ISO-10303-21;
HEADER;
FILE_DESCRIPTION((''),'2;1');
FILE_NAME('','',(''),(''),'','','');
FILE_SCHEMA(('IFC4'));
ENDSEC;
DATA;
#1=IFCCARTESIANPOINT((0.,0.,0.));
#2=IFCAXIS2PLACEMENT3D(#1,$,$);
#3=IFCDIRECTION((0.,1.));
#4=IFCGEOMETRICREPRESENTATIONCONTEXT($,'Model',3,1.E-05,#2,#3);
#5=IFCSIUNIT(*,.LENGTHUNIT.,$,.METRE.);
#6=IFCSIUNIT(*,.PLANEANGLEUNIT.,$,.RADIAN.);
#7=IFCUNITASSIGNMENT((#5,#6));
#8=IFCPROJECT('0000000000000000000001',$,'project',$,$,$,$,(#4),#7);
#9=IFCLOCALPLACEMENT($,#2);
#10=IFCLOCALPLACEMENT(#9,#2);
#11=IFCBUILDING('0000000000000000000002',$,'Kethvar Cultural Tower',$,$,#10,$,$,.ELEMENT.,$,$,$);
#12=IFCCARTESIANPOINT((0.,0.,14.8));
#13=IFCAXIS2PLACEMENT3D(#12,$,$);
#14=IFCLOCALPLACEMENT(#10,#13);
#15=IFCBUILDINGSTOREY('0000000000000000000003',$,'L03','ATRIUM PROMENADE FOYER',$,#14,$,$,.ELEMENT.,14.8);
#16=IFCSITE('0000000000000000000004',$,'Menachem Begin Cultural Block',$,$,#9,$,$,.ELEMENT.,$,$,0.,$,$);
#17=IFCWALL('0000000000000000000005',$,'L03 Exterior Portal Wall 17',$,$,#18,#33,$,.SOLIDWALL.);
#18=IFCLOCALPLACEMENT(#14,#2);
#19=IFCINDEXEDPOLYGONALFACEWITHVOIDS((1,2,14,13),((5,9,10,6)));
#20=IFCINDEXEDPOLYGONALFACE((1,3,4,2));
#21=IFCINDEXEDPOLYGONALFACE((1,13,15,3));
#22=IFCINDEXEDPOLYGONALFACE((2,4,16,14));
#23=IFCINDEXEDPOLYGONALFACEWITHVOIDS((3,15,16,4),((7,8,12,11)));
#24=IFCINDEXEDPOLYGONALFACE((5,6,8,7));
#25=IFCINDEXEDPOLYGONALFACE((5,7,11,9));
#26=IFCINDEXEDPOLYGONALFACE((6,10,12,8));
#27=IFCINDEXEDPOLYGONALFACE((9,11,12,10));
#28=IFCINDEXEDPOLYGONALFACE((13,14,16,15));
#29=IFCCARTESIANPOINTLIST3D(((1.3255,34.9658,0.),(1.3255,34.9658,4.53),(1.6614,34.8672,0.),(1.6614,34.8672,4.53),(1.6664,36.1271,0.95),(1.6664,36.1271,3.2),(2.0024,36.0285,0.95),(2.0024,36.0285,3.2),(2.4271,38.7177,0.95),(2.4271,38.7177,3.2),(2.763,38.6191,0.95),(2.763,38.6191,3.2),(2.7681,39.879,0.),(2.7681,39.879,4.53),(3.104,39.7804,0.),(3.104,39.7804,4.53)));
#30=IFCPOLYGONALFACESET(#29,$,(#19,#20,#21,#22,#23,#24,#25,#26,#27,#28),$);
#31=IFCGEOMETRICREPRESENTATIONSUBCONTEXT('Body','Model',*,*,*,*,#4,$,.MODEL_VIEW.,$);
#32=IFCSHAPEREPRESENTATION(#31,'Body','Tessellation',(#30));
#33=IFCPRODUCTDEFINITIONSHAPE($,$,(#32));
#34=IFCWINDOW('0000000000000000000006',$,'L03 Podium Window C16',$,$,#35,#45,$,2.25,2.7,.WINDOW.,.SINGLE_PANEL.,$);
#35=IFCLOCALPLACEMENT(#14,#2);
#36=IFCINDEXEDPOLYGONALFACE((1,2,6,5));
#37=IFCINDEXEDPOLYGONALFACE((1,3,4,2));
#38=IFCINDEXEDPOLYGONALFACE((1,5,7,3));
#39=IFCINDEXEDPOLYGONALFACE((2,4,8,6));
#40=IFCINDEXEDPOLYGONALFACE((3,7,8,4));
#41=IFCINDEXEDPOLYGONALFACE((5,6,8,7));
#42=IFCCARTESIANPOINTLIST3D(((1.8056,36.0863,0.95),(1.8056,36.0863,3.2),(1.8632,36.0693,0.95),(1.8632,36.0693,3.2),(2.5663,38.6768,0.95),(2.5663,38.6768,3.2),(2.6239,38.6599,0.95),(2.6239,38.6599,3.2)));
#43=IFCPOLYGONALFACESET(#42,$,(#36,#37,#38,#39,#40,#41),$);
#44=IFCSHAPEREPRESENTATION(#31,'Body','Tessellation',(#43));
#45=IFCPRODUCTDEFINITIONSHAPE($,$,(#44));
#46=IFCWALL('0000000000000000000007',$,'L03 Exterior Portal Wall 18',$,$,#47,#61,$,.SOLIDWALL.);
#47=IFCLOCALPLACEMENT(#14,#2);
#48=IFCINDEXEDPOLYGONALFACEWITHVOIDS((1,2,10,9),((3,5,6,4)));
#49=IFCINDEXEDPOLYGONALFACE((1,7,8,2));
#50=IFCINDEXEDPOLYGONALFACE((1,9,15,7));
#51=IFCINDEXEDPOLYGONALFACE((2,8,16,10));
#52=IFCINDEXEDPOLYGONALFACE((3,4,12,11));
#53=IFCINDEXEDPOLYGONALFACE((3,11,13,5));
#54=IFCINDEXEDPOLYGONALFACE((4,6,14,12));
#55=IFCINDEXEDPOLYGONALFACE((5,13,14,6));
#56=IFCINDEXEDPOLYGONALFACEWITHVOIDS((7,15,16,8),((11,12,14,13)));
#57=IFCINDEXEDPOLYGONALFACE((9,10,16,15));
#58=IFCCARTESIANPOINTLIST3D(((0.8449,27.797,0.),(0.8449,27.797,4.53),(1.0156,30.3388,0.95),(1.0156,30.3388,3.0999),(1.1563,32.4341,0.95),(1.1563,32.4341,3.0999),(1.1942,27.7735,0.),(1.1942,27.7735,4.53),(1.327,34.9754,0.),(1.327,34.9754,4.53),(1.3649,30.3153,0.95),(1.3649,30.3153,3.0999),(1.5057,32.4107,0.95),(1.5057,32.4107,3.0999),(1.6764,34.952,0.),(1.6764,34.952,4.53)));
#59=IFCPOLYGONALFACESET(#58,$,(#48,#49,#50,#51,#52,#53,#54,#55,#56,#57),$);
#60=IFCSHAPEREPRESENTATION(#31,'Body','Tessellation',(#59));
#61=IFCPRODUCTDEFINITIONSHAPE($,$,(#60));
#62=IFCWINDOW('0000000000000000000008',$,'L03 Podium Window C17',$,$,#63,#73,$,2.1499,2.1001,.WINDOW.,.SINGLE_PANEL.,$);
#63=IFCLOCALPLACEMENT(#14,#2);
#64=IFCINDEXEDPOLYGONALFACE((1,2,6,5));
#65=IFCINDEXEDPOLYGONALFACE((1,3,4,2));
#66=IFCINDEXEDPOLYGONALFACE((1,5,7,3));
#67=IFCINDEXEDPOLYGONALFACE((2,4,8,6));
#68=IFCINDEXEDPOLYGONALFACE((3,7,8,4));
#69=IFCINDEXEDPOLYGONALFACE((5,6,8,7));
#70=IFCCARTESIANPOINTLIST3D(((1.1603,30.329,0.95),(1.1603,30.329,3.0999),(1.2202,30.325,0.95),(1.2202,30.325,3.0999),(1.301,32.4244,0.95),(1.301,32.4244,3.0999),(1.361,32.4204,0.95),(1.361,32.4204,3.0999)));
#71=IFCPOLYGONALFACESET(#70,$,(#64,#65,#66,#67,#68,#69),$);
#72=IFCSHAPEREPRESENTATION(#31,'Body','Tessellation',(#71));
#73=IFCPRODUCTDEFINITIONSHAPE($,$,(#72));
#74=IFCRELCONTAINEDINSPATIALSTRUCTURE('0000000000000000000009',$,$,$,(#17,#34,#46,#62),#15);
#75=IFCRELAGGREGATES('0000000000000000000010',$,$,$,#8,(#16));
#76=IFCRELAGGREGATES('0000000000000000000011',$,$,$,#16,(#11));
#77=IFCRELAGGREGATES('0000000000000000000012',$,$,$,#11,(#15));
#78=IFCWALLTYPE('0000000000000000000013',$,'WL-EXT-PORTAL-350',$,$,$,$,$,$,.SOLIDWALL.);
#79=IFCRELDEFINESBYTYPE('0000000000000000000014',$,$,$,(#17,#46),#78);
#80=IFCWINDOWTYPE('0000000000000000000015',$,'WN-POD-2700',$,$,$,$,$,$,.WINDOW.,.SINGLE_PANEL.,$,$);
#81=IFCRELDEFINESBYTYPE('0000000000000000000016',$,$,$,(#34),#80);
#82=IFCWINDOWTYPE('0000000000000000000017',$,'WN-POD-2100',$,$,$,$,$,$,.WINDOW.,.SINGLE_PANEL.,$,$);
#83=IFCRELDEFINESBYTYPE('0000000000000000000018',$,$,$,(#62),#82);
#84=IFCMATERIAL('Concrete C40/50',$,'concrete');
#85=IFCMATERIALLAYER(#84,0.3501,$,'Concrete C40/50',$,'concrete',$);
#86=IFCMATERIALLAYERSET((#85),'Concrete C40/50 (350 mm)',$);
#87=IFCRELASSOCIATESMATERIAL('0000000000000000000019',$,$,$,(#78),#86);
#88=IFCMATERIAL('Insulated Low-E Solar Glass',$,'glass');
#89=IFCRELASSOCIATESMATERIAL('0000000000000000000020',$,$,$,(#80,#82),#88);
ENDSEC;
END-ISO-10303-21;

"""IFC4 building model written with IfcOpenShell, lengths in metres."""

from ifc_helpers import new_model, si_unit, direction, frame, frame_2d, origin, place, context, subcontext, project, spatial, rectangle, extrude, source, transform, mapped, material, layer, layer_set, type_object, element, fill, save


model = new_model("IFC4")

# Units and contexts
model_context = context("Model", 3, precision=1e-05, world=origin(), true_north=direction((0.0, 1.0)))
body_context = subcontext(model_context, "Body", "Model", "MODEL_VIEW")
ifc_project = project(units=[si_unit("LENGTHUNIT", "METRE"), si_unit("PLANEANGLEUNIT", "RADIAN")], contexts=[model_context])

# Site, building, storey
site_placement = place(None, origin())
site = spatial("IfcSite", under=ifc_project, at=site_placement, Name="Menachem Begin Cultural Block", CompositionType="ELEMENT", RefElevation=0.0)
building_placement = place(site_placement, origin())
building = spatial("IfcBuilding", under=site, at=building_placement, Name="Kethvar Cultural Tower", CompositionType="ELEMENT")
storey_placement = place(building_placement, frame((0.0, 0.0, 14.8)))
storey = spatial("IfcBuildingStorey", under=building, at=storey_placement, Name="L03", Description="ATRIUM PROMENADE FOYER", CompositionType="ELEMENT", Elevation=14.8)

# Shared definitions
ifc_material_1 = material(Name="Insulated Low-E Solar Glass", Category="glass")

# Walls, openings, windows
ifc_material_2 = material(Name="Concrete C40/50", Category="concrete")
ifc_layer_1 = layer(ifc_material_2, 0.3501, Name="Concrete C40/50", Category="concrete")
ifc_layer_set_1 = layer_set([ifc_layer_1], Name="Concrete C40/50 (350 mm)")
wall_type_1 = type_object("IfcWallType", Name="WL-EXT-PORTAL-350", PredefinedType="SOLIDWALL", material=ifc_layer_set_1)
wall_1_placement = place(storey_placement, frame((1.4934, 34.9165, 0.0), z_axis=(0.0, 0.0, 1.0), x_axis=(0.281735, 0.959492, 0.0)))
wall_1 = element("IfcWall", 1, at=wall_1_placement, inside=storey, type_object=wall_type_1, Name="L03 Exterior Portal Wall 17", PredefinedType="SOLIDWALL", context=body_context, shape_type="SweptSolid", body=[
    extrude(rectangle(XDim=5.1206, YDim=0.3501, at=frame_2d((2.5603, 0.0))), origin(), (0.0, 0.0, 1.0), 4.53),
])
opening_1_placement = place(wall_1_placement, frame((1.2102, 0.0, 0.95)))
opening_1 = element("IfcOpeningElement", 2, at=opening_1_placement, cuts=wall_1, PredefinedType="OPENING", context=body_context, shape_type="SweptSolid", body=[
    extrude(rectangle(XDim=2.7, YDim=2.25, at=frame_2d((1.3501, 1.125))), frame((0.0, 0.1851, 0.0), z_axis=(0.0, -1.0, 0.0), x_axis=(1.0, 0.0, 0.0)), (0.0, 0.0, 1.0), 0.3701),
])
window_type_1 = type_object("IfcWindowType", Name="WN-POD-2700", PartitioningType="SINGLE_PANEL", PredefinedType="WINDOW", material=ifc_material_1)
shared_shape_1 = source(origin(), body_context, "Body", "SweptSolid", [
    extrude(rectangle(XDim=2.7, YDim=2.25, at=frame_2d((1.3501, 1.125))), frame((0.0, 0.03, 0.0), z_axis=(0.0, -1.0, 0.0), x_axis=(1.0, 0.0, 0.0)), (0.0, 0.0, 1.0), 0.0601),
])
window_1_placement = place(opening_1_placement, origin())
window_1 = element("IfcWindow", 3, at=window_1_placement, inside=storey, type_object=window_type_1, Name="L03 Podium Window C16", OverallHeight=2.25, OverallWidth=2.7, PartitioningType="SINGLE_PANEL", PredefinedType="WINDOW", context=body_context, shape_type="MappedRepresentation", body=[
    mapped(shared_shape_1, transform((0.0, 0.0, 0.0), scale=1.0)),
])
fill(opening_1, window_1)
wall_2_placement = place(storey_placement, frame((1.0195, 27.7854, 0.0), z_axis=(0.0, 0.0, 1.0), x_axis=(0.067019, 0.997752, 0.0)))
wall_2 = element("IfcWall", 4, at=wall_2_placement, inside=storey, type_object=wall_type_1, Name="L03 Exterior Portal Wall 18", PredefinedType="SOLIDWALL", context=body_context, shape_type="SweptSolid", body=[
    extrude(rectangle(XDim=7.1946, YDim=0.3501, at=frame_2d((3.5972, 0.0))), origin(), (0.0, 0.0, 1.0), 4.53),
])
opening_2_placement = place(wall_2_placement, frame((2.5474, 0.0, 0.95)))
opening_2 = element("IfcOpeningElement", 5, at=opening_2_placement, cuts=wall_2, PredefinedType="OPENING", context=body_context, shape_type="SweptSolid", body=[
    extrude(rectangle(XDim=2.1001, YDim=2.1499, at=frame_2d((1.05, 1.075))), frame((0.0, 0.1851, 0.0), z_axis=(0.0, -1.0, 0.0), x_axis=(1.0, 0.0, 0.0)), (0.0, 0.0, 1.0), 0.3701),
])
window_type_2 = type_object("IfcWindowType", Name="WN-POD-2100", PartitioningType="SINGLE_PANEL", PredefinedType="WINDOW", material=ifc_material_1)
shared_shape_2 = source(origin(), body_context, "Body", "SweptSolid", [
    extrude(rectangle(XDim=2.1001, YDim=2.1499, at=frame_2d((1.05, 1.075))), frame((0.0, 0.03, 0.0), z_axis=(0.0, -1.0, 0.0), x_axis=(1.0, 0.0, 0.0)), (0.0, 0.0, 1.0), 0.0601),
])
window_2_placement = place(opening_2_placement, origin())
window_2 = element("IfcWindow", 6, at=window_2_placement, inside=storey, type_object=window_type_2, Name="L03 Podium Window C17", OverallHeight=2.1499, OverallWidth=2.1001, PartitioningType="SINGLE_PANEL", PredefinedType="WINDOW", context=body_context, shape_type="MappedRepresentation", body=[
    mapped(shared_shape_2, transform((0.0, 0.0, 0.0), scale=1.0)),
])
fill(opening_2, window_2)

save(model, "model.ifc")
